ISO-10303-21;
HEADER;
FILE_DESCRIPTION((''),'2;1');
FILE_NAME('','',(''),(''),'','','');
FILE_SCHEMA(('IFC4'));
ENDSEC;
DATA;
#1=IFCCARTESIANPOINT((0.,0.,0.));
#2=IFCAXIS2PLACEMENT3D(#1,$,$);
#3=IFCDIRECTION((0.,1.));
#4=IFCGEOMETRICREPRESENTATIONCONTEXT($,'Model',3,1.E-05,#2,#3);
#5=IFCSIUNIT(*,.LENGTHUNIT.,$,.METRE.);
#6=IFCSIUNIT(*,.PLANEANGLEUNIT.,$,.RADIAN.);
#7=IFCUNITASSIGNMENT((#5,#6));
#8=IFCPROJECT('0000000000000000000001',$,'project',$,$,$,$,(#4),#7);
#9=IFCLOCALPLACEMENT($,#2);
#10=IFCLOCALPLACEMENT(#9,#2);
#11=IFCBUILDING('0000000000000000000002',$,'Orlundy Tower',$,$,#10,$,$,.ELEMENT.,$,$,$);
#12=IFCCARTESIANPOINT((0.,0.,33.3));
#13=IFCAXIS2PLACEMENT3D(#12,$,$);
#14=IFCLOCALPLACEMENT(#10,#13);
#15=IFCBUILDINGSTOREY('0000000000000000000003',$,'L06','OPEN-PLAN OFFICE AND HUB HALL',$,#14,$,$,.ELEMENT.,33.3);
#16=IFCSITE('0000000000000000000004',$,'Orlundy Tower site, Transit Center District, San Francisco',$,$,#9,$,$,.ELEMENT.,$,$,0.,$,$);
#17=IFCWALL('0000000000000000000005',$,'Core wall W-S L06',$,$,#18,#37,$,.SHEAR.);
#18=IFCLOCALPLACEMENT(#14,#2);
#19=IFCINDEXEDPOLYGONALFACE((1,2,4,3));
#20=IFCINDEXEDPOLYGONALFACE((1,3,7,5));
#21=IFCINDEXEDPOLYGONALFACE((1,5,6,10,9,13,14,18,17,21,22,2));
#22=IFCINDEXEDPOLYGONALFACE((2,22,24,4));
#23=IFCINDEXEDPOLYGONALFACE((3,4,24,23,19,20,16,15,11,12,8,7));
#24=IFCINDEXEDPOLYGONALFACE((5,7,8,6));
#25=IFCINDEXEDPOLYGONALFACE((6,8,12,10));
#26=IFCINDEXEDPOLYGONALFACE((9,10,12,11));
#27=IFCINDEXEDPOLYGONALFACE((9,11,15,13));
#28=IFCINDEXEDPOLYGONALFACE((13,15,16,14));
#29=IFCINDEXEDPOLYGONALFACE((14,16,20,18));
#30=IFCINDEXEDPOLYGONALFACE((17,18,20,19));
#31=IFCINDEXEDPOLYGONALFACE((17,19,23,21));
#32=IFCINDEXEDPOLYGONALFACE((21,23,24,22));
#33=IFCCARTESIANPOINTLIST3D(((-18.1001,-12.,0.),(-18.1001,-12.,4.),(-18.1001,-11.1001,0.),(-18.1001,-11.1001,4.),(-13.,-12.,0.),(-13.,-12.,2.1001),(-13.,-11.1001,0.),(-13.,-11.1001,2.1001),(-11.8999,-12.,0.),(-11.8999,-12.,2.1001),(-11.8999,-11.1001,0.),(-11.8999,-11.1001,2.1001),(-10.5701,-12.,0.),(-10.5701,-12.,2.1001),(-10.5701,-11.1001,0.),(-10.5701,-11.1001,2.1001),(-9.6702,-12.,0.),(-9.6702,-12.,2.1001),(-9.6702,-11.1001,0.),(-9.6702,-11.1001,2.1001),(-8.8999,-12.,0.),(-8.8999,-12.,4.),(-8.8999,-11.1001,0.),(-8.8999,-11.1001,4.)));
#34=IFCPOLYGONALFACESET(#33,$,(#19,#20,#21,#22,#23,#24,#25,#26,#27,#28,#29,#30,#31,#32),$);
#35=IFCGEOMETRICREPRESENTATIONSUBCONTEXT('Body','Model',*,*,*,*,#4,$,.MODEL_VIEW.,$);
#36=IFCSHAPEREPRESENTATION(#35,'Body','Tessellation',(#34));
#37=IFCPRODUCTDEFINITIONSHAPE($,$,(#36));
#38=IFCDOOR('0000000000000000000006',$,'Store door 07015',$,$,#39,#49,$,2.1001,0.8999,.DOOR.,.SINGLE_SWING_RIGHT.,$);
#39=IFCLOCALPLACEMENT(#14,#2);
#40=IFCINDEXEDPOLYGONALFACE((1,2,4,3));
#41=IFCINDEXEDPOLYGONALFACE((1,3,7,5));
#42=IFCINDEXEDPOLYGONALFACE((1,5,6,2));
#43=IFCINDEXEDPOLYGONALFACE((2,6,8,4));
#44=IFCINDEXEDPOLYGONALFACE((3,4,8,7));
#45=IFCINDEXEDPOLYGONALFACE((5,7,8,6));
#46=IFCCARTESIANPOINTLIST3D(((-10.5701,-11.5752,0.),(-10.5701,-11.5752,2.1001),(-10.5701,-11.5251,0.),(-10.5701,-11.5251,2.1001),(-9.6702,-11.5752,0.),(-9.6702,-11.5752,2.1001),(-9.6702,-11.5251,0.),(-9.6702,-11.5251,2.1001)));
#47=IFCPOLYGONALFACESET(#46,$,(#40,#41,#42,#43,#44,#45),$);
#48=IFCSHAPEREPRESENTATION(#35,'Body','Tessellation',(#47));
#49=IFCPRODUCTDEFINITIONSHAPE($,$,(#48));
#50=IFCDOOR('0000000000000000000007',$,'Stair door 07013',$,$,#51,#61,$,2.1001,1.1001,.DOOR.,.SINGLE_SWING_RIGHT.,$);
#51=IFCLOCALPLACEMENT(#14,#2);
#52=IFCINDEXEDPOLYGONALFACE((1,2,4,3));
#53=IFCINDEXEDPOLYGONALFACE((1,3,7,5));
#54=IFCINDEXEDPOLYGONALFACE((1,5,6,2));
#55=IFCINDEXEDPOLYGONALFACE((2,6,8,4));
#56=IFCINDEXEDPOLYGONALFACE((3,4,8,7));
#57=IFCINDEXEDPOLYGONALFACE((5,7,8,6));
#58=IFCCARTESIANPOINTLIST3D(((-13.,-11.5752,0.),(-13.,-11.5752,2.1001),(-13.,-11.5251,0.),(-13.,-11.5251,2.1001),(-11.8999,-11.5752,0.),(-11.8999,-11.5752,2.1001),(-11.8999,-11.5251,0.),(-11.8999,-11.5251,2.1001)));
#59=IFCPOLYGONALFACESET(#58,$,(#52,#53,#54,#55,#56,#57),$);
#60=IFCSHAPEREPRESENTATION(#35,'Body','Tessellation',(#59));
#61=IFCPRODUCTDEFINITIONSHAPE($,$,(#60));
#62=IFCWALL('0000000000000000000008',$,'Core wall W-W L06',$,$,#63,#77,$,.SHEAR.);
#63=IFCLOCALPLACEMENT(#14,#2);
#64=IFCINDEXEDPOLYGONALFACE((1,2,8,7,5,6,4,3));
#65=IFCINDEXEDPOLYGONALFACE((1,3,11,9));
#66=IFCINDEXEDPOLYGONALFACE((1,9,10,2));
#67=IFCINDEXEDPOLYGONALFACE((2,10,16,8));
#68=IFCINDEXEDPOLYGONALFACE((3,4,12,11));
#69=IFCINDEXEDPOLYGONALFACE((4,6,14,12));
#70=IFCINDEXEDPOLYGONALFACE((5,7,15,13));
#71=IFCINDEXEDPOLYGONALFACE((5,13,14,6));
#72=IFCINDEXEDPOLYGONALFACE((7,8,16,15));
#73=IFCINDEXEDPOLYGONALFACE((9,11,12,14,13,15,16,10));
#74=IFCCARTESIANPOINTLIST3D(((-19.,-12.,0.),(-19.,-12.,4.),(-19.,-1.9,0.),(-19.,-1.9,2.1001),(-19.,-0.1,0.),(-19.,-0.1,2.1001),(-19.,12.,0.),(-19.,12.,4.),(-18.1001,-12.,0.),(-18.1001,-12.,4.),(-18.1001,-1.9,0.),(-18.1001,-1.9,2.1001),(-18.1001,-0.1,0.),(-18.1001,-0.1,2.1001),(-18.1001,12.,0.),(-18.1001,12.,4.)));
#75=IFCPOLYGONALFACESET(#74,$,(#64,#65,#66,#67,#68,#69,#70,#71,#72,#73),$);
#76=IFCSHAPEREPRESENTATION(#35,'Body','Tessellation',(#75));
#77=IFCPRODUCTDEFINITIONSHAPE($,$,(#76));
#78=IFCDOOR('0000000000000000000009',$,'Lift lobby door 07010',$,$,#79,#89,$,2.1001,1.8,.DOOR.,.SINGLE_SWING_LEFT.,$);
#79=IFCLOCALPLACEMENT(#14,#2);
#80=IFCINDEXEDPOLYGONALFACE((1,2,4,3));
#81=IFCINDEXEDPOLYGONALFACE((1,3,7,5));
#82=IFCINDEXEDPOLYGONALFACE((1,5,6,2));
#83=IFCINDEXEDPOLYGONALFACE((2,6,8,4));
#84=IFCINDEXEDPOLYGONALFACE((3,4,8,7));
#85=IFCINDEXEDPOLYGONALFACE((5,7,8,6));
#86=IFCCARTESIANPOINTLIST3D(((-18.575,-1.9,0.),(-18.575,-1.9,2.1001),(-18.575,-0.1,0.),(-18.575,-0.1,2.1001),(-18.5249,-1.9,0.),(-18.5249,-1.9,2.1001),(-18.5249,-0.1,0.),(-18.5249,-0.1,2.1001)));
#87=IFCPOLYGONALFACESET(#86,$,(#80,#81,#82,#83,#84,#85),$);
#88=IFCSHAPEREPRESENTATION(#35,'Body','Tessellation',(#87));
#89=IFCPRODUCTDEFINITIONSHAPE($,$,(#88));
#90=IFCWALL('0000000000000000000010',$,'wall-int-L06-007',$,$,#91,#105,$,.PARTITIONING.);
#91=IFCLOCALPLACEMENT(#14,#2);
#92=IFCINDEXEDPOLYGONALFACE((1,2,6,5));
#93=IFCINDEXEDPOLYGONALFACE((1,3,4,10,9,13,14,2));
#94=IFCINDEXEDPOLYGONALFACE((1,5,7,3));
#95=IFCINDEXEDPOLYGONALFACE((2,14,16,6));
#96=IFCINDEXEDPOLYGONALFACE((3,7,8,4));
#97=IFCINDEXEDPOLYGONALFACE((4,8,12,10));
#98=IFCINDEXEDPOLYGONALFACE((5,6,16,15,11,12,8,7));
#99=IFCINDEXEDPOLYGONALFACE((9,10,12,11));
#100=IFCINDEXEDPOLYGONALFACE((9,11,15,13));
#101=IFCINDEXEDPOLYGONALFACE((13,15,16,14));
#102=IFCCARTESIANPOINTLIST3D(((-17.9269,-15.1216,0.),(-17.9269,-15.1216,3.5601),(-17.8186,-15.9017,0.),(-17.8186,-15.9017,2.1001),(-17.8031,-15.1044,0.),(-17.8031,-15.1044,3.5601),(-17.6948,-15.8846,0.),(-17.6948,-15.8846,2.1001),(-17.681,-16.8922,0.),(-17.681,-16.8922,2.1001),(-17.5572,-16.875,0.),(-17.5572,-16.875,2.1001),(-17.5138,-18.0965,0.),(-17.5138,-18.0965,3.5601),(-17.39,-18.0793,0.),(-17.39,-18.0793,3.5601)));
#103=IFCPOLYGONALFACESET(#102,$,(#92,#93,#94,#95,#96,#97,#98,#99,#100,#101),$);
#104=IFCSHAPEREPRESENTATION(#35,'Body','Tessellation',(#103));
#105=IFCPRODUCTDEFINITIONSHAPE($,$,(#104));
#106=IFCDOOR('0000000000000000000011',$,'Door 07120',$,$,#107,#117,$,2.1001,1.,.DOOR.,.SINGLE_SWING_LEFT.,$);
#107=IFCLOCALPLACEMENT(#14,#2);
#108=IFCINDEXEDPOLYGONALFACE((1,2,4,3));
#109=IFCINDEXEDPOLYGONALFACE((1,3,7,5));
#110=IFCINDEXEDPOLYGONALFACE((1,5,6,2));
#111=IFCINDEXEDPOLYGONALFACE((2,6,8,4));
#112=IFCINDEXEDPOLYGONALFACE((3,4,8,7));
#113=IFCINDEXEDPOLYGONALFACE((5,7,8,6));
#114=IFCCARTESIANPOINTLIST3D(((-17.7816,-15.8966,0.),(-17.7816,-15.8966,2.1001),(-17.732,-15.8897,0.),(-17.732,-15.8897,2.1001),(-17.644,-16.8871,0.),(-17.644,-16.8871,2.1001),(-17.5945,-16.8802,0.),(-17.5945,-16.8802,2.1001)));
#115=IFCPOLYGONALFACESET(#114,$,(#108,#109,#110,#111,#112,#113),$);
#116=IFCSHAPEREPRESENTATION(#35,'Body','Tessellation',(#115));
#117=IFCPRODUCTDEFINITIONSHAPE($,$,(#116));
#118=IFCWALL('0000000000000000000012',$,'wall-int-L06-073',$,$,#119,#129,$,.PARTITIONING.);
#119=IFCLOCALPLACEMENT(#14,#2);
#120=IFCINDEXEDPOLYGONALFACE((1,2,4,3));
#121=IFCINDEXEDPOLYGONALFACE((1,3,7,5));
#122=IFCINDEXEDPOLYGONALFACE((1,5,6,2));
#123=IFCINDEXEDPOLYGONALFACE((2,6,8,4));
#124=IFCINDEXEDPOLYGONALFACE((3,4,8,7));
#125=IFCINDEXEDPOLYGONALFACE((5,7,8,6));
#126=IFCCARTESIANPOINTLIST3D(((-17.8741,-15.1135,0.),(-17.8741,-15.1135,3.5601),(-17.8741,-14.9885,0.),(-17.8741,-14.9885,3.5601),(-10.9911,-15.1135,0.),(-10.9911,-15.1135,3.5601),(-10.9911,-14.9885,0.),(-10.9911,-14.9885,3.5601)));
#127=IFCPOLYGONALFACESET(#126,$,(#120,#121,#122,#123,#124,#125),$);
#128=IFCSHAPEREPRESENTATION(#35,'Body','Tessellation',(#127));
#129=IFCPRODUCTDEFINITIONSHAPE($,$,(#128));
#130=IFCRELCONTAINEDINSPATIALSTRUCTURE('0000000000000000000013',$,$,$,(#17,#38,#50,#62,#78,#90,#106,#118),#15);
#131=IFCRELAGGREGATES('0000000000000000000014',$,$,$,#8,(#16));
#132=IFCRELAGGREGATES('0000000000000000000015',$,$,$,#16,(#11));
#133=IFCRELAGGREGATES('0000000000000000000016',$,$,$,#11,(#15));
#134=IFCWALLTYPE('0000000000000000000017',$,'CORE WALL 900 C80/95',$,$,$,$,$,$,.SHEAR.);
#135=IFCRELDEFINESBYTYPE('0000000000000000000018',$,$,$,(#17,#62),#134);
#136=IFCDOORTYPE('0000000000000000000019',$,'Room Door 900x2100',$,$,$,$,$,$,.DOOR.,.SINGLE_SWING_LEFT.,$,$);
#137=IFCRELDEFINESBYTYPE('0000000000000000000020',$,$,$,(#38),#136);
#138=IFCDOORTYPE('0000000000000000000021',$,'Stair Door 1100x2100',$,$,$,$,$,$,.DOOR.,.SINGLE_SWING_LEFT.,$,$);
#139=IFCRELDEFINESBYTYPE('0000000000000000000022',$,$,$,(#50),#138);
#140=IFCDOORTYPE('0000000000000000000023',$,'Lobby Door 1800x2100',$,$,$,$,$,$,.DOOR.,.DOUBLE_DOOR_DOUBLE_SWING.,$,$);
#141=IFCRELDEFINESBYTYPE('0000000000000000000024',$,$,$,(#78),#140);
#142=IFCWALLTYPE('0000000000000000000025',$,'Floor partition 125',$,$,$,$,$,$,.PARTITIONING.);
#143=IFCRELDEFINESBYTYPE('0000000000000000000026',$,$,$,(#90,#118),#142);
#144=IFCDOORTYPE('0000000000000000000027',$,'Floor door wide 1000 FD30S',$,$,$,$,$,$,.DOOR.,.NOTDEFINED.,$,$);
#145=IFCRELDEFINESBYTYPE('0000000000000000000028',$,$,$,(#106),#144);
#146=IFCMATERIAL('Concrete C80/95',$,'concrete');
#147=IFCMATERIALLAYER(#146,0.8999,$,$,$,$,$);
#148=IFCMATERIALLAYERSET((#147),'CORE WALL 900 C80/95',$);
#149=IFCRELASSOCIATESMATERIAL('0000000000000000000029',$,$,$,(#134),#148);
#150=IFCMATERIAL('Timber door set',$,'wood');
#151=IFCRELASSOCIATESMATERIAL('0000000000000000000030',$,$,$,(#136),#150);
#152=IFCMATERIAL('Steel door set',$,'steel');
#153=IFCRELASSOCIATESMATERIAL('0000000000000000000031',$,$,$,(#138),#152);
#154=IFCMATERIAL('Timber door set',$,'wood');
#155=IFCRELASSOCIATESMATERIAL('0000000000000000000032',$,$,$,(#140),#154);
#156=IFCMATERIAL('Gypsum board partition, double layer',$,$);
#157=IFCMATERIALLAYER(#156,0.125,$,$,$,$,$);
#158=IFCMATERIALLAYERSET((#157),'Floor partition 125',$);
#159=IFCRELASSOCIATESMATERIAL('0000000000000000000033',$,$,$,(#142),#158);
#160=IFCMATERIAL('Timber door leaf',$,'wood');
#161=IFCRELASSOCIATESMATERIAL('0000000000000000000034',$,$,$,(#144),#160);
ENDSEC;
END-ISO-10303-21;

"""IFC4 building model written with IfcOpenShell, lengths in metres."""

from ifc_helpers import new_model, si_unit, direction, frame, frame_2d, origin, place, context, subcontext, project, spatial, rectangle, extrude, material, layer, layer_set, type_object, element, fill, save


model = new_model("IFC4")

# Units and contexts
model_context = context("Model", 3, precision=1e-05, world=origin(), true_north=direction((0.0, 1.0)))
body_context = subcontext(model_context, "Body", "Model", "MODEL_VIEW")
ifc_project = project(units=[si_unit("LENGTHUNIT", "METRE"), si_unit("PLANEANGLEUNIT", "RADIAN")], contexts=[model_context])

# Site, building, storey
site_placement = place(None, origin())
site = spatial("IfcSite", under=ifc_project, at=site_placement, Name="Orlundy Tower site, Transit Center District, San Francisco", CompositionType="ELEMENT", RefElevation=0.0)
building_placement = place(site_placement, origin())
building = spatial("IfcBuilding", under=site, at=building_placement, Name="Orlundy Tower", CompositionType="ELEMENT")
storey_placement = place(building_placement, frame((0.0, 0.0, 33.3)))
storey = spatial("IfcBuildingStorey", under=building, at=storey_placement, Name="L06", Description="OPEN-PLAN OFFICE AND HUB HALL", CompositionType="ELEMENT", Elevation=33.3)

# Wall, openings, doors
ifc_material_1 = material(Name="Concrete C80/95", Category="concrete")
ifc_layer_1 = layer(ifc_material_1, 0.8999)
ifc_layer_set_1 = layer_set([ifc_layer_1], Name="CORE WALL 900 C80/95")
wall_type_1 = type_object("IfcWallType", Name="CORE WALL 900 C80/95", PredefinedType="SHEAR", material=ifc_layer_set_1)
wall_1_placement = place(storey_placement, frame((-18.1001, -11.55, 0.0), z_axis=(0.0, 0.0, 1.0), x_axis=(1.0, 0.0, 0.0)))
wall_1 = element("IfcWall", 1, at=wall_1_placement, inside=storey, type_object=wall_type_1, Name="Core wall W-S L06", PredefinedType="SHEAR", context=body_context, shape_type="SweptSolid", body=[
    extrude(rectangle(XDim=9.2002, YDim=0.8999, at=frame_2d((4.6001, 0.0))), origin(), (0.0, 0.0, 1.0), 4.0),
])
opening_1_placement = place(wall_1_placement, frame((5.1001, 0.0, 0.0)))
opening_1 = element("IfcOpeningElement", 2, at=opening_1_placement, cuts=wall_1, PredefinedType="OPENING", context=body_context, shape_type="SweptSolid", body=[
    extrude(rectangle(XDim=1.1001, YDim=2.1001, at=frame_2d((0.55, 1.05))), frame((0.0, 0.46, 0.0), z_axis=(0.0, -1.0, 0.0), x_axis=(1.0, 0.0, 0.0)), (0.0, 0.0, 1.0), 0.9199),
])
opening_2_placement = place(wall_1_placement, frame((7.53, 0.0, 0.0)))
opening_2 = element("IfcOpeningElement", 3, at=opening_2_placement, cuts=wall_1, PredefinedType="OPENING", context=body_context, shape_type="SweptSolid", body=[
    extrude(rectangle(XDim=0.8999, YDim=2.1001, at=frame_2d((0.45, 1.05))), frame((0.0, 0.46, 0.0), z_axis=(0.0, -1.0, 0.0), x_axis=(1.0, 0.0, 0.0)), (0.0, 0.0, 1.0), 0.9199),
])
ifc_material_2 = material(Name="Timber door set", Category="wood")
door_type_1 = type_object("IfcDoorType", Name="Room Door 900x2100", OperationType="SINGLE_SWING_LEFT", PredefinedType="DOOR", material=ifc_material_2)
door_1_placement = place(opening_2_placement, origin())
door_1 = element("IfcDoor", 4, at=door_1_placement, inside=storey, type_object=door_type_1, Name="Store door 07015", OperationType="SINGLE_SWING_RIGHT", OverallHeight=2.1001, OverallWidth=0.8999, PredefinedType="DOOR", context=body_context, shape_type="SweptSolid", body=[
    extrude(rectangle(XDim=0.8999, YDim=2.1001, at=frame_2d((0.45, 1.05))), frame((0.0, 0.0249, 0.0), z_axis=(0.0, -1.0, 0.0), x_axis=(1.0, 0.0, 0.0)), (0.0, 0.0, 1.0), 0.05),
])
fill(opening_2, door_1)
ifc_material_3 = material(Name="Steel door set", Category="steel")
door_type_2 = type_object("IfcDoorType", Name="Stair Door 1100x2100", OperationType="SINGLE_SWING_LEFT", PredefinedType="DOOR", material=ifc_material_3)
door_2_placement = place(opening_1_placement, origin())
door_2 = element("IfcDoor", 5, at=door_2_placement, inside=storey, type_object=door_type_2, Name="Stair door 07013", OperationType="SINGLE_SWING_RIGHT", OverallHeight=2.1001, OverallWidth=1.1001, PredefinedType="DOOR", context=body_context, shape_type="SweptSolid", body=[
    extrude(rectangle(XDim=1.1001, YDim=2.1001, at=frame_2d((0.55, 1.05))), frame((0.0, 0.0249, 0.0), z_axis=(0.0, -1.0, 0.0), x_axis=(1.0, 0.0, 0.0)), (0.0, 0.0, 1.0), 0.05),
])
fill(opening_1, door_2)

# Walls, openings, doors
wall_2_placement = place(storey_placement, frame((-18.55, -12.0, 0.0), z_axis=(0.0, 0.0, 1.0), x_axis=(0.0, 1.0, 0.0)))
wall_2 = element("IfcWall", 6, at=wall_2_placement, inside=storey, type_object=wall_type_1, Name="Core wall W-W L06", PredefinedType="SHEAR", context=body_context, shape_type="SweptSolid", body=[
    extrude(rectangle(XDim=24.0, YDim=0.8999, at=frame_2d((12.0, 0.0))), origin(), (0.0, 0.0, 1.0), 4.0),
])
opening_3_placement = place(wall_2_placement, frame((10.1001, 0.0, 0.0)))
opening_3 = element("IfcOpeningElement", 7, at=opening_3_placement, cuts=wall_2, PredefinedType="OPENING", context=body_context, shape_type="SweptSolid", body=[
    extrude(rectangle(XDim=1.8, YDim=2.1001, at=frame_2d((0.8999, 1.05))), frame((0.0, 0.46, 0.0), z_axis=(0.0, -1.0, 0.0), x_axis=(1.0, 0.0, 0.0)), (0.0, 0.0, 1.0), 0.9199),
])
ifc_material_4 = material(Name="Timber door set", Category="wood")
door_type_3 = type_object("IfcDoorType", Name="Lobby Door 1800x2100", OperationType="DOUBLE_DOOR_DOUBLE_SWING", PredefinedType="DOOR", material=ifc_material_4)
door_3_placement = place(opening_3_placement, origin())
door_3 = element("IfcDoor", 8, at=door_3_placement, inside=storey, type_object=door_type_3, Name="Lift lobby door 07010", OperationType="SINGLE_SWING_LEFT", OverallHeight=2.1001, OverallWidth=1.8, PredefinedType="DOOR", context=body_context, shape_type="SweptSolid", body=[
    extrude(rectangle(XDim=1.8, YDim=2.1001, at=frame_2d((0.8999, 1.05))), frame((0.0, 0.0249, 0.0), z_axis=(0.0, -1.0, 0.0), x_axis=(1.0, 0.0, 0.0)), (0.0, 0.0, 1.0), 0.05),
])
fill(opening_3, door_3)
ifc_material_5 = material(Name="Gypsum board partition, double layer")
ifc_layer_2 = layer(ifc_material_5, 0.125)
ifc_layer_set_2 = layer_set([ifc_layer_2], Name="Floor partition 125")
wall_type_2 = type_object("IfcWallType", Name="Floor partition 125", PredefinedType="PARTITIONING", material=ifc_layer_set_2)
wall_3_placement = place(storey_placement, frame((-17.865, -15.113, 0.0), z_axis=(0.0, 0.0, 1.0), x_axis=(0.13754, -0.990496, 0.0)))
wall_3 = element("IfcWall", 9, at=wall_3_placement, inside=storey, type_object=wall_type_2, Name="wall-int-L06-007", PredefinedType="PARTITIONING", context=body_context, shape_type="SweptSolid", body=[
    extrude(rectangle(XDim=3.0034, YDim=0.125, at=frame_2d((1.5017, 0.0))), origin(), (0.0, 0.0, 1.0), 3.5601),
])
opening_4_placement = place(wall_3_placement, frame((0.7876, 0.0, 0.0)))
opening_4 = element("IfcOpeningElement", 10, at=opening_4_placement, cuts=wall_3, PredefinedType="OPENING", context=body_context, shape_type="SweptSolid", body=[
    extrude(rectangle(XDim=1.0, YDim=2.1001, at=frame_2d((0.5, 1.05))), frame((0.0, 0.0725, 0.0), z_axis=(0.0, -1.0, 0.0), x_axis=(1.0, 0.0, 0.0)), (0.0, 0.0, 1.0), 0.145),
])
ifc_material_6 = material(Name="Timber door leaf", Category="wood")
door_type_4 = type_object("IfcDoorType", Name="Floor door wide 1000 FD30S", OperationType="NOTDEFINED", PredefinedType="DOOR", material=ifc_material_6)
door_4_placement = place(opening_4_placement, origin())
door_4 = element("IfcDoor", 11, at=door_4_placement, inside=storey, type_object=door_type_4, Name="Door 07120", OperationType="SINGLE_SWING_LEFT", OverallHeight=2.1001, OverallWidth=1.0, PredefinedType="DOOR", context=body_context, shape_type="SweptSolid", body=[
    extrude(rectangle(XDim=1.0, YDim=2.1001, at=frame_2d((0.5, 1.05))), frame((0.0, 0.0249, 0.0), z_axis=(0.0, -1.0, 0.0), x_axis=(1.0, 0.0, 0.0)), (0.0, 0.0, 1.0), 0.05),
])
fill(opening_4, door_4)

# Wall
wall_4_placement = place(storey_placement, frame((-17.874, -15.051, 0.0), z_axis=(0.0, 0.0, 1.0), x_axis=(1.0, 0.0, 0.0)))
element("IfcWall", 12, at=wall_4_placement, inside=storey, type_object=wall_type_2, Name="wall-int-L06-073", PredefinedType="PARTITIONING", context=body_context, shape_type="SweptSolid", body=[
    extrude(rectangle(XDim=6.8831, YDim=0.125, at=frame_2d((3.4414, 0.0))), origin(), (0.0, 0.0, 1.0), 3.5601),
])

save(model, "model.ifc")
